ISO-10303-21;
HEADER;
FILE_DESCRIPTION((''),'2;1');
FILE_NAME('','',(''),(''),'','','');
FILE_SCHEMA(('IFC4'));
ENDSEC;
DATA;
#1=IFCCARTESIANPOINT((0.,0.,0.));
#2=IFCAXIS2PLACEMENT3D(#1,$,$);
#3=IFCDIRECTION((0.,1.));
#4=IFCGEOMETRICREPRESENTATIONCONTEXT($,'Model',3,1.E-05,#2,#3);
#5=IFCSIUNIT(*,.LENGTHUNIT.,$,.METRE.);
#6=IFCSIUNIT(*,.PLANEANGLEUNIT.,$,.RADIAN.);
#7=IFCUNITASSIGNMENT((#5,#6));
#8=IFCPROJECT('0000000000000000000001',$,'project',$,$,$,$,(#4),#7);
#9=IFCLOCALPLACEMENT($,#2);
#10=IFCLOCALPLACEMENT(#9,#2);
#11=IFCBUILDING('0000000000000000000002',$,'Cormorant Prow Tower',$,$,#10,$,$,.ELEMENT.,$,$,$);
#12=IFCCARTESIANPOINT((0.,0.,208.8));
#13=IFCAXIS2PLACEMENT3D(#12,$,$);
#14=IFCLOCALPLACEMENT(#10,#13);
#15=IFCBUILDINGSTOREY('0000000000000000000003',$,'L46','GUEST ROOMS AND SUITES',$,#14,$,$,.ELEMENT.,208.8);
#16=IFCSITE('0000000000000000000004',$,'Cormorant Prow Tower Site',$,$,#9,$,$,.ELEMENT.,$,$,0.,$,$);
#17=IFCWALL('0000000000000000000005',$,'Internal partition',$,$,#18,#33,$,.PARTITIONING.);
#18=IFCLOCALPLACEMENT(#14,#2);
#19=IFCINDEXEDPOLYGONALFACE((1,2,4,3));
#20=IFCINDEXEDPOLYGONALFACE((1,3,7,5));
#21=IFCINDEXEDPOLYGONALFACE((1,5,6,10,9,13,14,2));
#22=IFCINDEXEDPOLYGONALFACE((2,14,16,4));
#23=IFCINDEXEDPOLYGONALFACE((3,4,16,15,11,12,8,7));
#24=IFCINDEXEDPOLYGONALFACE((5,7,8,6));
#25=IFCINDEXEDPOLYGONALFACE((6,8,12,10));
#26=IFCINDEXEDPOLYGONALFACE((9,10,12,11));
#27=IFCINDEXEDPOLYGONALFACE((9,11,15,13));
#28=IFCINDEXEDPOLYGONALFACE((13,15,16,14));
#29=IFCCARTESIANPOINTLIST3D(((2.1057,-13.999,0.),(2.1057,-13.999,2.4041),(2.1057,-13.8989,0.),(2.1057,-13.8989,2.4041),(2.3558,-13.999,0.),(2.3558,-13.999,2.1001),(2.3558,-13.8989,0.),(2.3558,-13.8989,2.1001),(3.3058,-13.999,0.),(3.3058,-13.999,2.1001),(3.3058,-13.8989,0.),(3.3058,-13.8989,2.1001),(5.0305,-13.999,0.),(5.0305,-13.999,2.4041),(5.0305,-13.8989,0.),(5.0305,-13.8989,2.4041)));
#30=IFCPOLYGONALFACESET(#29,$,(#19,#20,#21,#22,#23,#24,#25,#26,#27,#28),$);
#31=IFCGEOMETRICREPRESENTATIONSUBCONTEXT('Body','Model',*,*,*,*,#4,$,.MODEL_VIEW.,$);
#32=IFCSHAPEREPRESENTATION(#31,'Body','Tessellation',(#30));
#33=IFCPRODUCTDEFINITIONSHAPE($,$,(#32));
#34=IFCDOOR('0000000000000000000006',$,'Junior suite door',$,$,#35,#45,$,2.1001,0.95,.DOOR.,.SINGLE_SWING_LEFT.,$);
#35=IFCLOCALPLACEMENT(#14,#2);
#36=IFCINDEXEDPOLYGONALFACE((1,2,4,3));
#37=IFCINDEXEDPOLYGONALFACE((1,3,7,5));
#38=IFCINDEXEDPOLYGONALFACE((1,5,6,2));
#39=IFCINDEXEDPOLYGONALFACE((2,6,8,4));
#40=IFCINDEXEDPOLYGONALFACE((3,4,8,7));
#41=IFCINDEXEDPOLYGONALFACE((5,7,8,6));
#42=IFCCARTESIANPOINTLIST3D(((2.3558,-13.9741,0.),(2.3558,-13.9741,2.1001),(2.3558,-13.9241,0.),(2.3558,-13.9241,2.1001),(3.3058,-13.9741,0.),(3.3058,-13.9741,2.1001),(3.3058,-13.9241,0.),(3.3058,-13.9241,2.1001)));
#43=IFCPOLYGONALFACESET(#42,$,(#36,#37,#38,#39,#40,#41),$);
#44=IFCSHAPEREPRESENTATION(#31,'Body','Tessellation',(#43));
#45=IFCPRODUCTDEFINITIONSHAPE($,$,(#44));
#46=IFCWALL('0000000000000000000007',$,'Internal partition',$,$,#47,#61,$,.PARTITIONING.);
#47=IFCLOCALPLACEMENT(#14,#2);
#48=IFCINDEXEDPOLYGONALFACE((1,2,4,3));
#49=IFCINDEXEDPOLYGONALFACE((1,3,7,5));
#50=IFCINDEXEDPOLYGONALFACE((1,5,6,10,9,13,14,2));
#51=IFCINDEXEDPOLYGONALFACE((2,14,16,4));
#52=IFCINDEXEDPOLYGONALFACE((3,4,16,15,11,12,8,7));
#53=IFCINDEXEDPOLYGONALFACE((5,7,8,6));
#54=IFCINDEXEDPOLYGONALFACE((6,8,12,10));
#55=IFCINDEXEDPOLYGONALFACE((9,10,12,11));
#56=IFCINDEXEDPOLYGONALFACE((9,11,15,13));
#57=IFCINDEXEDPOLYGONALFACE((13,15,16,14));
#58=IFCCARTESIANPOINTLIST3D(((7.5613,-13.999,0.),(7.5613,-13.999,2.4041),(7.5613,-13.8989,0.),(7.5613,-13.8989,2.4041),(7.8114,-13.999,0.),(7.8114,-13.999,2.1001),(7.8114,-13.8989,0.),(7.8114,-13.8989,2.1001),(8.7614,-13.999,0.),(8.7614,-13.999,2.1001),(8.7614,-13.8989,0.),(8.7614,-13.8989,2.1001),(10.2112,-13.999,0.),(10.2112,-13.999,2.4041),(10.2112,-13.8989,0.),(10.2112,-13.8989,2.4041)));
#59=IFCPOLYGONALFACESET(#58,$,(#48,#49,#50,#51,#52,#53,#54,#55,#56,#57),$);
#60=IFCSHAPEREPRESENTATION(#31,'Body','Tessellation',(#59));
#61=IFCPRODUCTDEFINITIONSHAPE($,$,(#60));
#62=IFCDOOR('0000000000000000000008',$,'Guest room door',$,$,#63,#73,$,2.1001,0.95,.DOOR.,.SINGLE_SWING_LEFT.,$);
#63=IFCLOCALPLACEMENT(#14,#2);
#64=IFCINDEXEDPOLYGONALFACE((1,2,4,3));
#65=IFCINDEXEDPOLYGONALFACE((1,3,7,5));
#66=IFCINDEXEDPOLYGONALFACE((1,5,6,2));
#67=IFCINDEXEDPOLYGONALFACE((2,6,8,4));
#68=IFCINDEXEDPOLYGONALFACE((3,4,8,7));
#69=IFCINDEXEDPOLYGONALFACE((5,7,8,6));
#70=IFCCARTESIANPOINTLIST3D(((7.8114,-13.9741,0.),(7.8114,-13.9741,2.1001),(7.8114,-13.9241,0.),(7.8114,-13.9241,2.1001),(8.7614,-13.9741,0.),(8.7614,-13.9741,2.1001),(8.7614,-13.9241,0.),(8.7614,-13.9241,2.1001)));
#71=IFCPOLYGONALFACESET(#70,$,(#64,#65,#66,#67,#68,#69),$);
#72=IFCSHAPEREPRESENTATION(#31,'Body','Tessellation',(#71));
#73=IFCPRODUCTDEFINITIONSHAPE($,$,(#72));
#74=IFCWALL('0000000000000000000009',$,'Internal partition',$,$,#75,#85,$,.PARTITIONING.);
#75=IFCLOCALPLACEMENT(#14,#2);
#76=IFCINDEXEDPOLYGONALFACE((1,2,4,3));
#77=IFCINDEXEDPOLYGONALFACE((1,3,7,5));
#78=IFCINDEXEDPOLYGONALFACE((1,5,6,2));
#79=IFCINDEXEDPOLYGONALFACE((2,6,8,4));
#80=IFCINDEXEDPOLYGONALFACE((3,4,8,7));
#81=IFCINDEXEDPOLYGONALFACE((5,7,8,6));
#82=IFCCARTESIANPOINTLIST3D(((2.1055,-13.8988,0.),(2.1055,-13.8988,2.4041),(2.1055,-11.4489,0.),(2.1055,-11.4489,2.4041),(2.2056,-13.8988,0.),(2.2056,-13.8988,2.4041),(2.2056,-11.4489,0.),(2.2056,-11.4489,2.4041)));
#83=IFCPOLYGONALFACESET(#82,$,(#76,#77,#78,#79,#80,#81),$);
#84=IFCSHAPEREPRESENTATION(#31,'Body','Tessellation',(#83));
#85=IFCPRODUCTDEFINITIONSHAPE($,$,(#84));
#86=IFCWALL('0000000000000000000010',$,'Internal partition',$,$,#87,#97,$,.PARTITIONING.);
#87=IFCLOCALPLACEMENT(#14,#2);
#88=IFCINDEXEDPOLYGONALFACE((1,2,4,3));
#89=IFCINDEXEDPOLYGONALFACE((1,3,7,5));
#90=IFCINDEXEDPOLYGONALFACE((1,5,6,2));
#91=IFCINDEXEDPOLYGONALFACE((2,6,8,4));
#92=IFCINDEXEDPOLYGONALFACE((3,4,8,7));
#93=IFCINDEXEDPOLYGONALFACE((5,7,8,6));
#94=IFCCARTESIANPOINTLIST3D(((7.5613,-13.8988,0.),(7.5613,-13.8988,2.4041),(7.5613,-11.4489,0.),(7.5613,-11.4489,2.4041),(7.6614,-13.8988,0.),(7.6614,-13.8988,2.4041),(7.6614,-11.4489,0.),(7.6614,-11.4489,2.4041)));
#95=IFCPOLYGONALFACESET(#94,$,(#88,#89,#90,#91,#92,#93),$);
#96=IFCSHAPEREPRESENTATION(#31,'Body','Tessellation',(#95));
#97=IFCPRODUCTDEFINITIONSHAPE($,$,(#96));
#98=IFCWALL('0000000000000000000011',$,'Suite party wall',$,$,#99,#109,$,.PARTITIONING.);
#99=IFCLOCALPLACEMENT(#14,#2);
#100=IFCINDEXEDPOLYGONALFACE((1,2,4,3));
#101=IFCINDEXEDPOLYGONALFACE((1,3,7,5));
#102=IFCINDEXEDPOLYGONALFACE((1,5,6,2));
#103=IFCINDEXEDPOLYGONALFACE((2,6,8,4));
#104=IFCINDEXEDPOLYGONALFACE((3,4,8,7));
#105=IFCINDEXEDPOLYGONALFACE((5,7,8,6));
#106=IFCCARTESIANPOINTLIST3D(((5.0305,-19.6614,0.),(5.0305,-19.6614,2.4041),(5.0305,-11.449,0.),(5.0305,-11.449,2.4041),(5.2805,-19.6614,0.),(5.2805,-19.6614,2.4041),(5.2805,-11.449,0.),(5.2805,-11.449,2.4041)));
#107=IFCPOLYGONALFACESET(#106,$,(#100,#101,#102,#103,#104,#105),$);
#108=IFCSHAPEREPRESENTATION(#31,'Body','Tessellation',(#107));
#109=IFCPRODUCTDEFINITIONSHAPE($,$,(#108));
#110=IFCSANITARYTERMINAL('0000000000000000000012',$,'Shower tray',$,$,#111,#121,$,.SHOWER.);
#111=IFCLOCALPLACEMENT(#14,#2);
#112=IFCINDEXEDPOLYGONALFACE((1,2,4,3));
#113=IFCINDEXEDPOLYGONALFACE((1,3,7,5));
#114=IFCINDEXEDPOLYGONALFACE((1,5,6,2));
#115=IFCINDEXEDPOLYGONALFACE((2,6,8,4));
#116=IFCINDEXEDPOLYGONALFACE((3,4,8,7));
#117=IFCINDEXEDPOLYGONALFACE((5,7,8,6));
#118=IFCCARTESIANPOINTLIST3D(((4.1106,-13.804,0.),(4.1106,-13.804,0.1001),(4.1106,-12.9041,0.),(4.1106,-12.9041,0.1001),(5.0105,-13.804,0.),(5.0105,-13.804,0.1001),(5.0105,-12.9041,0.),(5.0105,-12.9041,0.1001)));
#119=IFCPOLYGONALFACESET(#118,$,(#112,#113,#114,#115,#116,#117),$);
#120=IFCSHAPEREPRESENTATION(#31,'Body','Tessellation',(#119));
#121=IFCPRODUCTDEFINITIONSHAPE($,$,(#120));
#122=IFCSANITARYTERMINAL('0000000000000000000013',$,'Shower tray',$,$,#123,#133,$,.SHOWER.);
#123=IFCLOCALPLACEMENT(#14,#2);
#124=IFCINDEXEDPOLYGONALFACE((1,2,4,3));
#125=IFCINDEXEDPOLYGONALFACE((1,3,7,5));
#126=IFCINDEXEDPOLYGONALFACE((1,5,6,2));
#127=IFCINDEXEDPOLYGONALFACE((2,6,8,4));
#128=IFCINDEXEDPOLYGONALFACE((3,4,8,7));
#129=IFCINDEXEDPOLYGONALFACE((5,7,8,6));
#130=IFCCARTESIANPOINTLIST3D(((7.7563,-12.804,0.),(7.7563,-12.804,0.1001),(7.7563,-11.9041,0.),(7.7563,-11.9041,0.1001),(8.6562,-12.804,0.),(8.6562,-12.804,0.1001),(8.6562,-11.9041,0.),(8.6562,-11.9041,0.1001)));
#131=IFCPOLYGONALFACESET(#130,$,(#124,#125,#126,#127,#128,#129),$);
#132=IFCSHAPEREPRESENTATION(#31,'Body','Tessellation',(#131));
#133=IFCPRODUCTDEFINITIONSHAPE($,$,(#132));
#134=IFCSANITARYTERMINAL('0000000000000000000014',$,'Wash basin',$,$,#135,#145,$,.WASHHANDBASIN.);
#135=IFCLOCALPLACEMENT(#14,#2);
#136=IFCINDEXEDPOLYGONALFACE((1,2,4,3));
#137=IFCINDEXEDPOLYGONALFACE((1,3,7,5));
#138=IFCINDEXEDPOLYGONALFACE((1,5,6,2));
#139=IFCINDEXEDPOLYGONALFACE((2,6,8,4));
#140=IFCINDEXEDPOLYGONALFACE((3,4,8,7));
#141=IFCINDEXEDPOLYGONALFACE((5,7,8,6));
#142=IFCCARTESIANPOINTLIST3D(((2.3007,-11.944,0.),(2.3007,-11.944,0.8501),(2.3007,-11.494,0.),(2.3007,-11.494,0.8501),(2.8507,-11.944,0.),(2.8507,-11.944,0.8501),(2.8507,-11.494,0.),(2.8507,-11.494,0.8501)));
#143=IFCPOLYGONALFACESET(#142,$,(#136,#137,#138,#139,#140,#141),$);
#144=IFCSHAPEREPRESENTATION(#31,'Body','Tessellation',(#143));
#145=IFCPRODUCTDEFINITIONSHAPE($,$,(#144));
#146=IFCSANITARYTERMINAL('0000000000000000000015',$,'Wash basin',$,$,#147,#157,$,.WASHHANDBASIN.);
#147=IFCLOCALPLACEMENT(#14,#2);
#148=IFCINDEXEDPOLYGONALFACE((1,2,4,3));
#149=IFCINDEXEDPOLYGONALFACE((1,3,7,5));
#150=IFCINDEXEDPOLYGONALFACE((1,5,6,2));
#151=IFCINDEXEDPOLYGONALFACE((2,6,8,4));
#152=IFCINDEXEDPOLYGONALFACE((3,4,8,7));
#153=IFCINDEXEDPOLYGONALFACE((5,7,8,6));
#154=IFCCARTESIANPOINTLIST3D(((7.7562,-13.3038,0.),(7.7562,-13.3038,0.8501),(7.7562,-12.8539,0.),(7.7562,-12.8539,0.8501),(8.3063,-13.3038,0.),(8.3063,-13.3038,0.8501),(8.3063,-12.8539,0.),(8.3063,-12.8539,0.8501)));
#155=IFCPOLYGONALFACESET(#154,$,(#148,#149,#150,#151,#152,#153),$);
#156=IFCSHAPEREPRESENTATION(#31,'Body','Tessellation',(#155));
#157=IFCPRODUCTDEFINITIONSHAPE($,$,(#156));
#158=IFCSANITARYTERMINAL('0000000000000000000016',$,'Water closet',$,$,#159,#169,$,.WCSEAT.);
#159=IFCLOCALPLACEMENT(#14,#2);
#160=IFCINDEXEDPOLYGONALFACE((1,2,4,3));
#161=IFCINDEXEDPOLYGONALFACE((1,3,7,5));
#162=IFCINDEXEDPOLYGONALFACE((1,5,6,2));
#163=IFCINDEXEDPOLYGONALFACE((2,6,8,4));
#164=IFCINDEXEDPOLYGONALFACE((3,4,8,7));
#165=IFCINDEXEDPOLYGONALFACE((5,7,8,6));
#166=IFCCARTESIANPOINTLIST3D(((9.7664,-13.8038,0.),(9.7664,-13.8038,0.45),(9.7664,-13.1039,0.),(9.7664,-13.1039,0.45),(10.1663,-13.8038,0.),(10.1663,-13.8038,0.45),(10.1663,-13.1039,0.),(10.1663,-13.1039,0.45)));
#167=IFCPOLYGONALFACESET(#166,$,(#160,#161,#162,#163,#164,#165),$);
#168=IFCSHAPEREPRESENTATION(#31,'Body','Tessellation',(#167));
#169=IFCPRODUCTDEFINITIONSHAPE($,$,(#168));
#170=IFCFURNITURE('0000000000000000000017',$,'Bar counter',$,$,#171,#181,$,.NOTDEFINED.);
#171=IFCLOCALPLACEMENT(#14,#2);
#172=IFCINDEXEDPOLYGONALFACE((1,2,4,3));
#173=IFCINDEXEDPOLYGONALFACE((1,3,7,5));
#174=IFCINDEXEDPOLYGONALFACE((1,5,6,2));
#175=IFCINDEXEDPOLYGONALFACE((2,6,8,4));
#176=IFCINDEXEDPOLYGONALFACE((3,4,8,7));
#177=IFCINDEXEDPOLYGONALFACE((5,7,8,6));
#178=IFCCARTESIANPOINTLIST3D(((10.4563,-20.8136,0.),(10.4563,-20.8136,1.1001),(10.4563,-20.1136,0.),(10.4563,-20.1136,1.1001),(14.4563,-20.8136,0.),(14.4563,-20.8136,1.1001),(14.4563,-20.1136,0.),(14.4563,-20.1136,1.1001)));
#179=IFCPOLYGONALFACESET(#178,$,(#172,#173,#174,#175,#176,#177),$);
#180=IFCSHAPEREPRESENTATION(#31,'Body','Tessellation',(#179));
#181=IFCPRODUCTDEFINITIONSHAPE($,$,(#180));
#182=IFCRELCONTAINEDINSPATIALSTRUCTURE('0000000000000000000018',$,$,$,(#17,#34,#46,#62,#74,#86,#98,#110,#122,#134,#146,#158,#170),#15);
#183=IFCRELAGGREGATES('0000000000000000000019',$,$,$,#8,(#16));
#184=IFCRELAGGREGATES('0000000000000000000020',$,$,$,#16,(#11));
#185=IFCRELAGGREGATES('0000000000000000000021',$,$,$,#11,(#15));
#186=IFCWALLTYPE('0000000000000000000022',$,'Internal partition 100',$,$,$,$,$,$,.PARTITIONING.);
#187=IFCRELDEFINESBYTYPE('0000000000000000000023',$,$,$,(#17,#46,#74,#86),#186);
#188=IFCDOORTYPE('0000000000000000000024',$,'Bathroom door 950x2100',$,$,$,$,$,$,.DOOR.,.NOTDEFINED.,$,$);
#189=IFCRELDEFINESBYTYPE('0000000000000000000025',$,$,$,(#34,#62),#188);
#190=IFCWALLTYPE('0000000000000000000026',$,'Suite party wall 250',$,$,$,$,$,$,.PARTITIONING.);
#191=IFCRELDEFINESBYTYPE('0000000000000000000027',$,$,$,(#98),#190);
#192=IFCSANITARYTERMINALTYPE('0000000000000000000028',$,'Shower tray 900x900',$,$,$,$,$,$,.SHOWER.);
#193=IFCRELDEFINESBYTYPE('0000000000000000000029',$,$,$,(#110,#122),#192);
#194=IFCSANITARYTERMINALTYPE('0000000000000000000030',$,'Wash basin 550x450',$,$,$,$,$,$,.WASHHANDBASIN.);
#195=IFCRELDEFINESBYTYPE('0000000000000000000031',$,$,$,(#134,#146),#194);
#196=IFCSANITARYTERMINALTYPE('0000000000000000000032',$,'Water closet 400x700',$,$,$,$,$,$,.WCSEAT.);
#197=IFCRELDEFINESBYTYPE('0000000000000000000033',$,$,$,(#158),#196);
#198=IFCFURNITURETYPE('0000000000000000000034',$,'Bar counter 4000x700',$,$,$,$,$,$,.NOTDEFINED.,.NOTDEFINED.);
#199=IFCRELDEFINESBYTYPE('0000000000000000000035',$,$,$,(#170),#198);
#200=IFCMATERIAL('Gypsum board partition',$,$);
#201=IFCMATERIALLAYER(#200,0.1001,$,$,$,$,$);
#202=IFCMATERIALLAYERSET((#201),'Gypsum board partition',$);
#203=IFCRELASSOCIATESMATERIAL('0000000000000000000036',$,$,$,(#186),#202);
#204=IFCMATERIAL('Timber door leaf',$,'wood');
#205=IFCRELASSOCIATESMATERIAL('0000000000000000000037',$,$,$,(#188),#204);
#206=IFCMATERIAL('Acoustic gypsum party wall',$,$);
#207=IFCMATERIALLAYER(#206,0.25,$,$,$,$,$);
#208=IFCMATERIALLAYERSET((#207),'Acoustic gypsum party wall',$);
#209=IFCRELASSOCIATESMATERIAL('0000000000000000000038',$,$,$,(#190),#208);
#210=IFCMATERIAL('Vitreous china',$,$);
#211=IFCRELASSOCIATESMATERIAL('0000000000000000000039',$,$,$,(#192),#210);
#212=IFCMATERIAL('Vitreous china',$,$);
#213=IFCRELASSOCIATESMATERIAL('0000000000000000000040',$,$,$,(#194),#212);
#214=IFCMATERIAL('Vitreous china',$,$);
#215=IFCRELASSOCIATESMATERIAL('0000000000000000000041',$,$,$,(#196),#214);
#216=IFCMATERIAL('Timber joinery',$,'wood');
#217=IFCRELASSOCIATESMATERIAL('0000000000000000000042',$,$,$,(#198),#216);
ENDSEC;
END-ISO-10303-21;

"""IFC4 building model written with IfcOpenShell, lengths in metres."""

from ifc_helpers import new_model, si_unit, direction, frame, frame_2d, origin, origin_2d, place, context, subcontext, project, spatial, rectangle, extrude, material, layer, layer_set, type_object, element, fill, save


model = new_model("IFC4")

# Units and contexts
model_context = context("Model", 3, precision=1e-05, world=origin(), true_north=direction((0.0, 1.0)))
body_context = subcontext(model_context, "Body", "Model", "MODEL_VIEW")
ifc_project = project(units=[si_unit("LENGTHUNIT", "METRE"), si_unit("PLANEANGLEUNIT", "RADIAN")], contexts=[model_context])

# Site, building, storey
site_placement = place(None, origin())
site = spatial("IfcSite", under=ifc_project, at=site_placement, Name="Cormorant Prow Tower Site", CompositionType="ELEMENT", RefElevation=0.0)
building_placement = place(site_placement, origin())
building = spatial("IfcBuilding", under=site, at=building_placement, Name="Cormorant Prow Tower", CompositionType="ELEMENT")
storey_placement = place(building_placement, frame((0.0, 0.0, 208.8)))
storey = spatial("IfcBuildingStorey", under=building, at=storey_placement, Name="L46", Description="GUEST ROOMS AND SUITES", CompositionType="ELEMENT", Elevation=208.8)

# Walls, openings, doors
ifc_material_1 = material(Name="Gypsum board partition")
ifc_layer_1 = layer(ifc_material_1, 0.1001)
ifc_layer_set_1 = layer_set([ifc_layer_1], Name="Gypsum board partition")
wall_type_1 = type_object("IfcWallType", Name="Internal partition 100", PredefinedType="PARTITIONING", material=ifc_layer_set_1)
wall_1_placement = place(storey_placement, frame((2.1057, -13.949, 0.0), z_axis=(0.0, 0.0, 1.0), x_axis=(1.0, 0.0, 0.0)))
wall_1 = element("IfcWall", 1, at=wall_1_placement, inside=storey, type_object=wall_type_1, Name="Internal partition", PredefinedType="PARTITIONING", context=body_context, shape_type="SweptSolid", body=[
    extrude(rectangle(XDim=2.9248, YDim=0.1001, at=frame_2d((1.4624, 0.0))), origin(), (0.0, 0.0, 1.0), 2.4041),
])
opening_1_placement = place(wall_1_placement, frame((0.25, 0.0, 0.0)))
opening_1 = element("IfcOpeningElement", 2, at=opening_1_placement, cuts=wall_1, PredefinedType="OPENING", context=body_context, shape_type="SweptSolid", body=[
    extrude(rectangle(XDim=0.95, YDim=2.1001, at=frame_2d((0.4751, 1.05))), frame((0.0, 0.0601, 0.0), z_axis=(0.0, -1.0, 0.0), x_axis=(1.0, 0.0, 0.0)), (0.0, 0.0, 1.0), 0.1201),
])
ifc_material_2 = material(Name="Timber door leaf", Category="wood")
door_type_1 = type_object("IfcDoorType", Name="Bathroom door 950x2100", OperationType="NOTDEFINED", PredefinedType="DOOR", material=ifc_material_2)
door_1_placement = place(opening_1_placement, origin())
door_1 = element("IfcDoor", 3, at=door_1_placement, inside=storey, type_object=door_type_1, Name="Junior suite door", OperationType="SINGLE_SWING_LEFT", OverallHeight=2.1001, OverallWidth=0.95, PredefinedType="DOOR", context=body_context, shape_type="SweptSolid", body=[
    extrude(rectangle(XDim=0.95, YDim=2.1001, at=frame_2d((0.4751, 1.05))), frame((0.0, 0.0249, 0.0), z_axis=(0.0, -1.0, 0.0), x_axis=(1.0, 0.0, 0.0)), (0.0, 0.0, 1.0), 0.05),
])
fill(opening_1, door_1)
wall_2_placement = place(storey_placement, frame((7.5613, -13.949, 0.0), z_axis=(0.0, 0.0, 1.0), x_axis=(1.0, 0.0, 0.0)))
wall_2 = element("IfcWall", 4, at=wall_2_placement, inside=storey, type_object=wall_type_1, Name="Internal partition", PredefinedType="PARTITIONING", context=body_context, shape_type="SweptSolid", body=[
    extrude(rectangle(XDim=2.6499, YDim=0.1001, at=frame_2d((1.325, 0.0))), origin(), (0.0, 0.0, 1.0), 2.4041),
])
opening_2_placement = place(wall_2_placement, frame((0.25, 0.0, 0.0)))
opening_2 = element("IfcOpeningElement", 5, at=opening_2_placement, cuts=wall_2, PredefinedType="OPENING", context=body_context, shape_type="SweptSolid", body=[
    extrude(rectangle(XDim=0.95, YDim=2.1001, at=frame_2d((0.4751, 1.05))), frame((0.0, 0.0601, 0.0), z_axis=(0.0, -1.0, 0.0), x_axis=(1.0, 0.0, 0.0)), (0.0, 0.0, 1.0), 0.1201),
])
door_2_placement = place(opening_2_placement, origin())
door_2 = element("IfcDoor", 6, at=door_2_placement, inside=storey, type_object=door_type_1, Name="Guest room door", OperationType="SINGLE_SWING_LEFT", OverallHeight=2.1001, OverallWidth=0.95, PredefinedType="DOOR", context=body_context, shape_type="SweptSolid", body=[
    extrude(rectangle(XDim=0.95, YDim=2.1001, at=frame_2d((0.4751, 1.05))), frame((0.0, 0.0249, 0.0), z_axis=(0.0, -1.0, 0.0), x_axis=(1.0, 0.0, 0.0)), (0.0, 0.0, 1.0), 0.05),
])
fill(opening_2, door_2)

# Walls
for number, where, z_axis, x_axis, name in (
    (7, (2.1555, -13.8989, 0.0), (0.0, 0.0, 1.0), (0.0, 1.0, 0.0), "Internal partition"),
    (8, (7.6113, -13.8989, 0.0), (0.0, 0.0, 1.0), (0.0, 1.0, 0.0), "Internal partition"),
):
    element("IfcWall", number, at=place(storey_placement, frame(where, z_axis=z_axis, x_axis=x_axis)), inside=storey, type_object=wall_type_1, Name=name, PredefinedType="PARTITIONING", context=body_context, shape_type="SweptSolid", body=[
        extrude(rectangle(XDim=2.45, YDim=0.1001, at=frame_2d((1.2251, 0.0))), origin(), (0.0, 0.0, 1.0), 2.4041),
    ])
ifc_material_3 = material(Name="Acoustic gypsum party wall")
ifc_layer_2 = layer(ifc_material_3, 0.25)
ifc_layer_set_2 = layer_set([ifc_layer_2], Name="Acoustic gypsum party wall")
wall_type_2 = type_object("IfcWallType", Name="Suite party wall 250", PredefinedType="PARTITIONING", material=ifc_layer_set_2)
wall_3_placement = place(storey_placement, frame((5.1555, -19.6614, 0.0), z_axis=(0.0, 0.0, 1.0), x_axis=(0.0, 1.0, 0.0)))
element("IfcWall", 9, at=wall_3_placement, inside=storey, type_object=wall_type_2, Name="Suite party wall", PredefinedType="PARTITIONING", context=body_context, shape_type="SweptSolid", body=[
    extrude(rectangle(XDim=8.2124, YDim=0.25, at=frame_2d((4.1062, 0.0))), origin(), (0.0, 0.0, 1.0), 2.4041),
])

# Sanitary terminals
ifc_material_4 = material(Name="Vitreous china")
sanitary_terminal_type_1 = type_object("IfcSanitaryTerminalType", Name="Shower tray 900x900", PredefinedType="SHOWER", material=ifc_material_4)
for number, where, z_axis, x_axis, name in (
    (10, (4.5605, -13.354, 0.0), (0.0, 0.0, 1.0), (-1.0, 0.0, 0.0), "Shower tray"),
    (11, (8.2063, -12.354, 0.0), (0.0, 0.0, 1.0), (1.0, 0.0, 0.0), "Shower tray"),
):
    element("IfcSanitaryTerminal", number, at=place(storey_placement, frame(where, z_axis=z_axis, x_axis=x_axis)), inside=storey, type_object=sanitary_terminal_type_1, Name=name, PredefinedType="SHOWER", context=body_context, shape_type="SweptSolid", body=[
        extrude(rectangle(XDim=0.8999, YDim=0.8999, at=origin_2d()), origin(), (0.0, 0.0, 1.0), 0.1001),
    ])
ifc_material_5 = material(Name="Vitreous china")
sanitary_terminal_type_2 = type_object("IfcSanitaryTerminalType", Name="Wash basin 550x450", PredefinedType="WASHHANDBASIN", material=ifc_material_5)
for number, where, z_axis, x_axis, name in (
    (12, (2.5757, -11.719, 0.0), (0.0, 0.0, 1.0), (1.0, 0.0, 0.0), "Wash basin"),
    (13, (8.0312, -13.0789, 0.0), (0.0, 0.0, 1.0), (1.0, 0.0, 0.0), "Wash basin"),
):
    element("IfcSanitaryTerminal", number, at=place(storey_placement, frame(where, z_axis=z_axis, x_axis=x_axis)), inside=storey, type_object=sanitary_terminal_type_2, Name=name, PredefinedType="WASHHANDBASIN", context=body_context, shape_type="SweptSolid", body=[
        extrude(rectangle(XDim=0.55, YDim=0.45, at=origin_2d()), origin(), (0.0, 0.0, 1.0), 0.8501),
    ])
ifc_material_6 = material(Name="Vitreous china")
sanitary_terminal_type_3 = type_object("IfcSanitaryTerminalType", Name="Water closet 400x700", PredefinedType="WCSEAT", material=ifc_material_6)
sanitary_terminal_placement = place(storey_placement, frame((9.9663, -13.4539, 0.0), z_axis=(0.0, 0.0, 1.0), x_axis=(-1.0, 0.0, 0.0)))
element("IfcSanitaryTerminal", 14, at=sanitary_terminal_placement, inside=storey, type_object=sanitary_terminal_type_3, Name="Water closet", PredefinedType="WCSEAT", context=body_context, shape_type="SweptSolid", body=[
    extrude(rectangle(XDim=0.3999, YDim=0.7, at=origin_2d()), origin(), (0.0, 0.0, 1.0), 0.45),
])

# Furniture
ifc_material_7 = material(Name="Timber joinery", Category="wood")
furniture_type = type_object("IfcFurnitureType", Name="Bar counter 4000x700", AssemblyPlace="NOTDEFINED", PredefinedType="NOTDEFINED", material=ifc_material_7)
furniture_placement = place(storey_placement, frame((12.4563, -20.4636, 0.0), z_axis=(0.0, 0.0, 1.0), x_axis=(1.0, 0.0, 0.0)))
element("IfcFurniture", 15, at=furniture_placement, inside=storey, type_object=furniture_type, Name="Bar counter", PredefinedType="NOTDEFINED", context=body_context, shape_type="SweptSolid", body=[
    extrude(rectangle(XDim=4.0, YDim=0.7, at=origin_2d()), origin(), (0.0, 0.0, 1.0), 1.1001),
])

save(model, "model.ifc")
